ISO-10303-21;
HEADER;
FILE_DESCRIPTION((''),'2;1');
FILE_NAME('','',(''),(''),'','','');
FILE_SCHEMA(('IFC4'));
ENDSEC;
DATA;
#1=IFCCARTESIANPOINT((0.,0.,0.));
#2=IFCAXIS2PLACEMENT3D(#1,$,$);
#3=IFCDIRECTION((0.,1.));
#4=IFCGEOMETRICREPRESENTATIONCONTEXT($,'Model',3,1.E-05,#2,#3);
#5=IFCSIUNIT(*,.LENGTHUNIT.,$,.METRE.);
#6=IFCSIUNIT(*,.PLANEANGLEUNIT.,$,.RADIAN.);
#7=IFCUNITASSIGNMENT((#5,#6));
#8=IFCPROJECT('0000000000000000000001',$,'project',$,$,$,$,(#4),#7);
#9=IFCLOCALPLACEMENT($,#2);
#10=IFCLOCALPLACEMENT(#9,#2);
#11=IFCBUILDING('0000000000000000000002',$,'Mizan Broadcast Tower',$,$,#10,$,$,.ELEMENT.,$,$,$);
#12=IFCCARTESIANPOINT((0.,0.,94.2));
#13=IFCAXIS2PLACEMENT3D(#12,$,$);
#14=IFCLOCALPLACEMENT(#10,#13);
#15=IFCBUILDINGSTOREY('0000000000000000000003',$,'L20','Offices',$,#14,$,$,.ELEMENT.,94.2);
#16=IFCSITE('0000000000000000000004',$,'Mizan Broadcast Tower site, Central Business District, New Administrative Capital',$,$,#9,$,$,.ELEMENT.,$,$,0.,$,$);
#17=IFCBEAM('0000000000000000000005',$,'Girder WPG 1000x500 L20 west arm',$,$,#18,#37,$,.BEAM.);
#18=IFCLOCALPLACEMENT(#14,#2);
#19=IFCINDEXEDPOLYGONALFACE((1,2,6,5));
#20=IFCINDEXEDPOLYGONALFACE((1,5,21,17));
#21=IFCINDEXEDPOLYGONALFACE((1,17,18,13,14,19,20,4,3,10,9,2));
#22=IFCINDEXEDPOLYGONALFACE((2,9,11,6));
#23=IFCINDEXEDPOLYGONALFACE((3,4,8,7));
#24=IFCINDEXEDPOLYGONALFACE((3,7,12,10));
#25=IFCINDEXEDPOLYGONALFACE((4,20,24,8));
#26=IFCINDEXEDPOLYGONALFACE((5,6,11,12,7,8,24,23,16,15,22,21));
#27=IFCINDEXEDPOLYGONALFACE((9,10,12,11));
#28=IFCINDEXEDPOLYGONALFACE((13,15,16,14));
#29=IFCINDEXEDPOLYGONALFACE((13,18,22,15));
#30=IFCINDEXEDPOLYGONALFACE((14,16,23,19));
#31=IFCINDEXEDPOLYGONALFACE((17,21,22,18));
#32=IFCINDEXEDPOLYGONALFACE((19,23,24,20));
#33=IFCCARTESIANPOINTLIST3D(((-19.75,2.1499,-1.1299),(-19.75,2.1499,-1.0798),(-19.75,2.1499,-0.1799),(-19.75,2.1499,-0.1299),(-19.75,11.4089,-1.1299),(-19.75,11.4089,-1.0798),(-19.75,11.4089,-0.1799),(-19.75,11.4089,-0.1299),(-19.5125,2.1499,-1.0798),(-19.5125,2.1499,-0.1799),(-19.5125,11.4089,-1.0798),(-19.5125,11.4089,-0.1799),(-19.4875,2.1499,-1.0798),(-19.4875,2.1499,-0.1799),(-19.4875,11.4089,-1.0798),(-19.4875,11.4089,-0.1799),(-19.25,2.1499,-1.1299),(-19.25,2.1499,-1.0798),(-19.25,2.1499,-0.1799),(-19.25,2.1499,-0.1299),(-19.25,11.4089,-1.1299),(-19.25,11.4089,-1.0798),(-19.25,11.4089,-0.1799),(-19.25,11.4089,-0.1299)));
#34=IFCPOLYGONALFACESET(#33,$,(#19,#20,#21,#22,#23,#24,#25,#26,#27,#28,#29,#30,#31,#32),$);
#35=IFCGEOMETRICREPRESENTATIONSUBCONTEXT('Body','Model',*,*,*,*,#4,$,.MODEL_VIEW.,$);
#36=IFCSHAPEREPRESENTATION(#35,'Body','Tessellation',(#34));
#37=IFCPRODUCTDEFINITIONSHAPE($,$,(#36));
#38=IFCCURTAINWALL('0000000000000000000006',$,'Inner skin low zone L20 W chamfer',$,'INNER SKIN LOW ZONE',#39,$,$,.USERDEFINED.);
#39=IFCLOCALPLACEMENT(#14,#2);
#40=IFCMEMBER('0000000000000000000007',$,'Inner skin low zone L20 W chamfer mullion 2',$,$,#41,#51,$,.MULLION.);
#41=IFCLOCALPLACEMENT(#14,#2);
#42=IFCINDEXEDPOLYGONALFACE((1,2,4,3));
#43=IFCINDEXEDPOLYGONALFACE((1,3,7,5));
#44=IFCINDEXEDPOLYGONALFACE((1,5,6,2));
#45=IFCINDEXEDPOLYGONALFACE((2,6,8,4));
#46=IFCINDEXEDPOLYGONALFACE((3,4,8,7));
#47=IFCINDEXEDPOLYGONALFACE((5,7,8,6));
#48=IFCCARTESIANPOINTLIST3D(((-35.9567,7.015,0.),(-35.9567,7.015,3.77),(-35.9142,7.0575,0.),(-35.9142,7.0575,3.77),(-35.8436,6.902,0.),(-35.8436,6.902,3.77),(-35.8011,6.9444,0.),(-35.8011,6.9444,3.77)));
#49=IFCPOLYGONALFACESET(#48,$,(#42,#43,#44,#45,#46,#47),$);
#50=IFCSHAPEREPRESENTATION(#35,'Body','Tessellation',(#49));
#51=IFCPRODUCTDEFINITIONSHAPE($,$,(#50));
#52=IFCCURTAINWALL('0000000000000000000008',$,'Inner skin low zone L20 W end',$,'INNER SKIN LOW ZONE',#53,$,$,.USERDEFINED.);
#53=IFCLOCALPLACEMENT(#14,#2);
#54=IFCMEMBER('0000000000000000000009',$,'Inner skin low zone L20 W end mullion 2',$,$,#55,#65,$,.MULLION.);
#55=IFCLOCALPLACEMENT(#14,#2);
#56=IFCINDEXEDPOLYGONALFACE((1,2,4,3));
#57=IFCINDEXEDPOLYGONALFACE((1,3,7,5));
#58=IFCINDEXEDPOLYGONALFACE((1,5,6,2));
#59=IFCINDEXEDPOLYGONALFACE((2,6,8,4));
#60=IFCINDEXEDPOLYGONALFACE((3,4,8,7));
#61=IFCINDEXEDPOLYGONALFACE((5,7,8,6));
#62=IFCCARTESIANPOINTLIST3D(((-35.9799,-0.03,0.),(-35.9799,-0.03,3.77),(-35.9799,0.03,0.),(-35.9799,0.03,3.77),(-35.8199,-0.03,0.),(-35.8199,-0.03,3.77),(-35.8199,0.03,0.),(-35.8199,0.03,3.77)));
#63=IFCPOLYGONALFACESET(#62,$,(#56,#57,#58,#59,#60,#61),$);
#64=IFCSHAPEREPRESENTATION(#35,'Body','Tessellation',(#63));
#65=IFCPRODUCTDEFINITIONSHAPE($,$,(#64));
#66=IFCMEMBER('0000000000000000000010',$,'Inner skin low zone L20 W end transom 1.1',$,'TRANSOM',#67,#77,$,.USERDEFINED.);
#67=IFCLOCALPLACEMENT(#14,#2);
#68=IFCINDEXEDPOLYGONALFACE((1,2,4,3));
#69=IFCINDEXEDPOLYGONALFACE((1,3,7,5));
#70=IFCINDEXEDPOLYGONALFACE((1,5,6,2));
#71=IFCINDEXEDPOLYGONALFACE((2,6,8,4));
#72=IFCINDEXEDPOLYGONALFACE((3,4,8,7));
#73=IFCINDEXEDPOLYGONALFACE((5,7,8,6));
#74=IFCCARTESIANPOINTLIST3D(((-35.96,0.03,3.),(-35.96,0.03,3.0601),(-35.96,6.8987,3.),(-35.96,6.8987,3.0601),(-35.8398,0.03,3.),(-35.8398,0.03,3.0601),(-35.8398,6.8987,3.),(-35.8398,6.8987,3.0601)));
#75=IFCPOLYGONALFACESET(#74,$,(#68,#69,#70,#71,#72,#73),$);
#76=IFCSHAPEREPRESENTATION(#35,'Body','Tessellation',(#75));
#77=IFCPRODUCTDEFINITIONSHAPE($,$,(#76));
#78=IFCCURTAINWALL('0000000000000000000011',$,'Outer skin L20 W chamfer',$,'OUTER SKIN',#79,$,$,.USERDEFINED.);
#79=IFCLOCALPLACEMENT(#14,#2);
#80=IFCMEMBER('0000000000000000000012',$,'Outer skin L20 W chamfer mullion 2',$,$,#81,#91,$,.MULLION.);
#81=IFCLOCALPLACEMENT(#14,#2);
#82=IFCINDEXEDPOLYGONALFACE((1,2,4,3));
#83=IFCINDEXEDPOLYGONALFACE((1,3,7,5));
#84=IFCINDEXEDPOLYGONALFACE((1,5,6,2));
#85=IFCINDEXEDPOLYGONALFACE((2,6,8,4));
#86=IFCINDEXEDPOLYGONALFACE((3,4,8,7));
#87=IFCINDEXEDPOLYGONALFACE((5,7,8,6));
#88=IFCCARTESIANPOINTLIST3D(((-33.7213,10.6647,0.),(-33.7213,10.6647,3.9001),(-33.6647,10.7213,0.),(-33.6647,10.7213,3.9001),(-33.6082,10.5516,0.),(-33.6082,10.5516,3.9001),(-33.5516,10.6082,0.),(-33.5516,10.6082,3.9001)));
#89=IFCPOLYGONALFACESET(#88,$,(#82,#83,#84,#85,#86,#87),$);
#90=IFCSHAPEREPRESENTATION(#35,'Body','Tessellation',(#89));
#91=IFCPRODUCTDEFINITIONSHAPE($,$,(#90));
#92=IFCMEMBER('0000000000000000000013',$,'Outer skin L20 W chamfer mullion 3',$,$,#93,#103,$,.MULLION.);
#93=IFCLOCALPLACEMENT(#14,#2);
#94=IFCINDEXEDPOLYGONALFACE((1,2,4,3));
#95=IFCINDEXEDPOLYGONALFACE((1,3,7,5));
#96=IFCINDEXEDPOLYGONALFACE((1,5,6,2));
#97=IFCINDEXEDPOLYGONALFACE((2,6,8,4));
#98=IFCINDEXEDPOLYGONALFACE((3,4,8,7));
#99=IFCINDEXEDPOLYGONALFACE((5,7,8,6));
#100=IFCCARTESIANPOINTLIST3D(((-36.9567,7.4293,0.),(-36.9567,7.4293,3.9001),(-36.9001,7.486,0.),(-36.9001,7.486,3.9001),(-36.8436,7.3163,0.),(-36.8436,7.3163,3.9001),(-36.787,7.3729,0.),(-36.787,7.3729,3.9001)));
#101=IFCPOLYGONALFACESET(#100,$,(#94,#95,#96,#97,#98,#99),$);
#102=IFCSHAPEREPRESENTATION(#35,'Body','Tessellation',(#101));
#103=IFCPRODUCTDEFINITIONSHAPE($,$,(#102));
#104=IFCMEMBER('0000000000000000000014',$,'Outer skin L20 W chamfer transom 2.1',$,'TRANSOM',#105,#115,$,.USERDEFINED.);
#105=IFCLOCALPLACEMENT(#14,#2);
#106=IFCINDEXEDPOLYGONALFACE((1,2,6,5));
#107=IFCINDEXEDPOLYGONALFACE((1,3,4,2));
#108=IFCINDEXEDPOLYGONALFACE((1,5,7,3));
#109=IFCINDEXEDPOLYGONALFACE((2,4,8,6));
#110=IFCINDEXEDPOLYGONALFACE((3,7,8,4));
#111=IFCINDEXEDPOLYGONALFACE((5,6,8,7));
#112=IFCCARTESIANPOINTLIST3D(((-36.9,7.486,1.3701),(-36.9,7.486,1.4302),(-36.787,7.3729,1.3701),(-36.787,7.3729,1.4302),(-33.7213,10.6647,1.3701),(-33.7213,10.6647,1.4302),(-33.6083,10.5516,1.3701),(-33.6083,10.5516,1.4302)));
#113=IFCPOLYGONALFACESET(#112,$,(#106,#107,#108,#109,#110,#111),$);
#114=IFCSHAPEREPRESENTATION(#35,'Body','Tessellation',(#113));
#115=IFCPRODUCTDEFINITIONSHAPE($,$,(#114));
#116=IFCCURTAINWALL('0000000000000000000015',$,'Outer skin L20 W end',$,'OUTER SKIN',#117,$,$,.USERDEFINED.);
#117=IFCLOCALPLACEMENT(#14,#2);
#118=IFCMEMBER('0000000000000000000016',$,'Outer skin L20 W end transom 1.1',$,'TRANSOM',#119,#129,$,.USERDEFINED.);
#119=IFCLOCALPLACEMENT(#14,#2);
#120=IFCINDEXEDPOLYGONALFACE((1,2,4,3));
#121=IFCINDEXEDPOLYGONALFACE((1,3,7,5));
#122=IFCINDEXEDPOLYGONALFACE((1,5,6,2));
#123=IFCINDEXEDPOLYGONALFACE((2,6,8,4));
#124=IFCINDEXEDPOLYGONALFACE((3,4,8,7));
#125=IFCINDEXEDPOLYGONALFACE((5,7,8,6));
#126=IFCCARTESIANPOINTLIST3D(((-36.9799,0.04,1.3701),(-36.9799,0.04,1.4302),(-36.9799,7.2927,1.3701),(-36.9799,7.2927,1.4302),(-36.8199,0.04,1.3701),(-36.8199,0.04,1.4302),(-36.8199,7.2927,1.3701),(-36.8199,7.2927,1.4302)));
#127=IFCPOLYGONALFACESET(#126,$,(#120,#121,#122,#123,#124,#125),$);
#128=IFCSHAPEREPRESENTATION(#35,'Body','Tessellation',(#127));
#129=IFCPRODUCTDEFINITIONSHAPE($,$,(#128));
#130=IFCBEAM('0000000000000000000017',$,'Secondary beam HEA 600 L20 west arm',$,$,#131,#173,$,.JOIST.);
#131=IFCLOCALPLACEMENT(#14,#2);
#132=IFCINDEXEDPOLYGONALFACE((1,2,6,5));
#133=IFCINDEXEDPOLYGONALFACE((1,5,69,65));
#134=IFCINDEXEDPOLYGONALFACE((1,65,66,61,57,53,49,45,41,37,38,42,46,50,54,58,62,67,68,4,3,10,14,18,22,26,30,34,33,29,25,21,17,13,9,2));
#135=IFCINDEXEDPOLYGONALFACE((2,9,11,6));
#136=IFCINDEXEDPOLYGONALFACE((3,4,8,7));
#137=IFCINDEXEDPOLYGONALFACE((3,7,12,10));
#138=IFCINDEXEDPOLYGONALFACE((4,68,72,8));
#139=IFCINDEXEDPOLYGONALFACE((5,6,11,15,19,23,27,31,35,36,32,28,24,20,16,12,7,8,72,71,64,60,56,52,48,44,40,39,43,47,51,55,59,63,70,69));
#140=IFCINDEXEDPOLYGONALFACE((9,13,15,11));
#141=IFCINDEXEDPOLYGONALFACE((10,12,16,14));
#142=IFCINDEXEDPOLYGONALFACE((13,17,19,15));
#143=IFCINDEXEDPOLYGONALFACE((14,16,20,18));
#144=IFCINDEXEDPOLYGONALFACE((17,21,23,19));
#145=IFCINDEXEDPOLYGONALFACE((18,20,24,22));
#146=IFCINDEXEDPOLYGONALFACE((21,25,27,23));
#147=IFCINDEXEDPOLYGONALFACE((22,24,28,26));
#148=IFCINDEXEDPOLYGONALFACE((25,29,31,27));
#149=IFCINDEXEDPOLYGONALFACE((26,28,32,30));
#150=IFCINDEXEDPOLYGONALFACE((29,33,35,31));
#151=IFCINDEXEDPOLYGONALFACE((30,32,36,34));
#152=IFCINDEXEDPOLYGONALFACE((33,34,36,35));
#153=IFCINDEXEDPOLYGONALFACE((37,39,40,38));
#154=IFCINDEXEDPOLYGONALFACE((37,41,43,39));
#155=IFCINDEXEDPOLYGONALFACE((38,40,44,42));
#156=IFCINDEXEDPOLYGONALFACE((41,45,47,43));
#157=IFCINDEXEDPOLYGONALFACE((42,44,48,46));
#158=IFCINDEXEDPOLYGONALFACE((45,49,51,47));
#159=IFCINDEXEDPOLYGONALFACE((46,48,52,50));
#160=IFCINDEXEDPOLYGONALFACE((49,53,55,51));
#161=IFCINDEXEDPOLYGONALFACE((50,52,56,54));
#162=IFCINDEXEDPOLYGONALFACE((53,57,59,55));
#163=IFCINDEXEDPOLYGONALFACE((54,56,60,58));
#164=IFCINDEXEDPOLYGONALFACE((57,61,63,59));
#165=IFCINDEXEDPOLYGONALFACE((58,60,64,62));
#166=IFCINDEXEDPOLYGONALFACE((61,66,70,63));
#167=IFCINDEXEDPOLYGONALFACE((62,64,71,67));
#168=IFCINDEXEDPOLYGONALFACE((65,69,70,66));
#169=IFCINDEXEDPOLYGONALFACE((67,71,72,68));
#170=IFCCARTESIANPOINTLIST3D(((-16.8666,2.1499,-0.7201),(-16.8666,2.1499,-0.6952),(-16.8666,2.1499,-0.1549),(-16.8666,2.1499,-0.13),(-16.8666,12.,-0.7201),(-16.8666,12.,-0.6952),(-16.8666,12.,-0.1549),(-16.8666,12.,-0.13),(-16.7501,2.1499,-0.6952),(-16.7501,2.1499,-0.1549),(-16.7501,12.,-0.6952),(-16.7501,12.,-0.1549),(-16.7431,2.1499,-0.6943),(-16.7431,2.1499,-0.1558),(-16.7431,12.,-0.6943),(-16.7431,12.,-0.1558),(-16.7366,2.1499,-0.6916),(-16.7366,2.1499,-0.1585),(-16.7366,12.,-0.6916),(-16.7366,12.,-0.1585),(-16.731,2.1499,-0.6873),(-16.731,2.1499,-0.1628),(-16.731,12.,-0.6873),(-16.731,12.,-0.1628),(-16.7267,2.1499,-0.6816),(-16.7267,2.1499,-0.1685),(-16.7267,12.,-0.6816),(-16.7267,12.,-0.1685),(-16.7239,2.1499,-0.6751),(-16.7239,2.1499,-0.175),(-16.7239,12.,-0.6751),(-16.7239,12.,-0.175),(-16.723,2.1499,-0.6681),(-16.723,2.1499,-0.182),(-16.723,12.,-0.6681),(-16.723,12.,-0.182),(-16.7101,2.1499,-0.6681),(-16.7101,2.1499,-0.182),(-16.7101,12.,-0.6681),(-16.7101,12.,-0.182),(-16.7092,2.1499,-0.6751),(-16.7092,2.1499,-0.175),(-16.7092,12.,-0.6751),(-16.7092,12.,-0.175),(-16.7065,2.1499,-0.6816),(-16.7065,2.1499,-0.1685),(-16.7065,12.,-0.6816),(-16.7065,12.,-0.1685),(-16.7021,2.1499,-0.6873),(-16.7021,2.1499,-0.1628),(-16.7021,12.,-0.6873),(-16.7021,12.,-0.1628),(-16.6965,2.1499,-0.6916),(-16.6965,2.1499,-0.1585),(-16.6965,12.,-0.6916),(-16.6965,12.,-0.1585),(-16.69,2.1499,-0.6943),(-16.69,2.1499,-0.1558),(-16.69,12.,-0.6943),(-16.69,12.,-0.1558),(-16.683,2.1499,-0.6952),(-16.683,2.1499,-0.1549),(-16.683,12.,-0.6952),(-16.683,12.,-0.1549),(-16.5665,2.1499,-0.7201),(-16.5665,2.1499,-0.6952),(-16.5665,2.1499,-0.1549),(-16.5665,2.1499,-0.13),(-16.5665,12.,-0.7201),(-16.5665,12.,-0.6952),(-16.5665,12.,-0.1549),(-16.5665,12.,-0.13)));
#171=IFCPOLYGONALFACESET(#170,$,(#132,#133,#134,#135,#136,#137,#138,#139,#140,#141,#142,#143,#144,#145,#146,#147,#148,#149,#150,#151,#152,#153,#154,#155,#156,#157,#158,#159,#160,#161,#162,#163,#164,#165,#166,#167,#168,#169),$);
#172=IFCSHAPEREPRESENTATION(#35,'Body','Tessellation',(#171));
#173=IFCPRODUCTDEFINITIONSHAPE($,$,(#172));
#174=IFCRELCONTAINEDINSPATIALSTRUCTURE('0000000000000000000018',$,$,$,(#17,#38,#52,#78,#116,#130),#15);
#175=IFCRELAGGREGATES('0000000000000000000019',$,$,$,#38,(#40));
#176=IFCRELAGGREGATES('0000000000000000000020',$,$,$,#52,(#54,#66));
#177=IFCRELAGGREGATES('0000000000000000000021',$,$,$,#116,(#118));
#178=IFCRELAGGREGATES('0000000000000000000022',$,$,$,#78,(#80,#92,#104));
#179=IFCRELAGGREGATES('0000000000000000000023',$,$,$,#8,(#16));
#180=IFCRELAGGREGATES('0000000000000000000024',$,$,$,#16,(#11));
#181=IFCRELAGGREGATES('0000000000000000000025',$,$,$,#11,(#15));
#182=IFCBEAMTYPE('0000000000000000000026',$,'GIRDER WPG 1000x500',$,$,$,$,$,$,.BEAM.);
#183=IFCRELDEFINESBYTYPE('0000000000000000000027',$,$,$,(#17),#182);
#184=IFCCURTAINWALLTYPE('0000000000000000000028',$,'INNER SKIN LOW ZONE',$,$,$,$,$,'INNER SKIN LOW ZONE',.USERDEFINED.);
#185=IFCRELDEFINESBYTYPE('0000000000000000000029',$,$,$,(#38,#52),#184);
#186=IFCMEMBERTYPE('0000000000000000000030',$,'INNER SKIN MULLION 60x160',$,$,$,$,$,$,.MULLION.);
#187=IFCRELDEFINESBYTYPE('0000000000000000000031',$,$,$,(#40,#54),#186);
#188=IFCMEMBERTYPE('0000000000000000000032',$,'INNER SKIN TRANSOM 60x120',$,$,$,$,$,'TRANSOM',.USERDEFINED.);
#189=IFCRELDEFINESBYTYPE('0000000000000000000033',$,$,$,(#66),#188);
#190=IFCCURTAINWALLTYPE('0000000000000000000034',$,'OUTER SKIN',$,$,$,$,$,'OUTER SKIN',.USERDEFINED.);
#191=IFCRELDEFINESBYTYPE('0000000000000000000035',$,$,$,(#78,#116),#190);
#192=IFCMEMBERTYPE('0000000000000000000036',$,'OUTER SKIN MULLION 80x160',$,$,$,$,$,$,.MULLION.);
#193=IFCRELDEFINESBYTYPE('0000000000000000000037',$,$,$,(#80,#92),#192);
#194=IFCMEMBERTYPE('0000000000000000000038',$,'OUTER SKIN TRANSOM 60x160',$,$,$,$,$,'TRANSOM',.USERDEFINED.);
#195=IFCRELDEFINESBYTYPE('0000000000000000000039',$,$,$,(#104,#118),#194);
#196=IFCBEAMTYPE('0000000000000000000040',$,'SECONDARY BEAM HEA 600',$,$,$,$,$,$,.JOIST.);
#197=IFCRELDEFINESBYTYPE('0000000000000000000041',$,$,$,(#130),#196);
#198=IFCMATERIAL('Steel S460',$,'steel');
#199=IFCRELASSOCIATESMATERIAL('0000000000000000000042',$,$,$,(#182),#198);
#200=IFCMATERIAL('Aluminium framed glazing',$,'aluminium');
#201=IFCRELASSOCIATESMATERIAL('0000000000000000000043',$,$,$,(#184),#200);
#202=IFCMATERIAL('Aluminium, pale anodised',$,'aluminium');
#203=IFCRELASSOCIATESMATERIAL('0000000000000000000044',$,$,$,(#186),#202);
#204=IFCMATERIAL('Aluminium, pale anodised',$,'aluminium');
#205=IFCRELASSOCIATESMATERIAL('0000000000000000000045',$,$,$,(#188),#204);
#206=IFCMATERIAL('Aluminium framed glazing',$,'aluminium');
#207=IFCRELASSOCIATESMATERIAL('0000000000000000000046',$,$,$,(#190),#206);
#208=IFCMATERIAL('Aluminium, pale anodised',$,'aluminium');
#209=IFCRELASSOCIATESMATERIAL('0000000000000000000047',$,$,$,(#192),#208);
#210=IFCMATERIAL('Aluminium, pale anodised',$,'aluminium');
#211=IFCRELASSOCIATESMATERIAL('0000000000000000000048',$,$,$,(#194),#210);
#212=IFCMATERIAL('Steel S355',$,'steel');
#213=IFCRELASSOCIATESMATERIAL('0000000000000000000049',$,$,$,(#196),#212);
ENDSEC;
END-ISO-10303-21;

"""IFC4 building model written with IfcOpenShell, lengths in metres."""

from ifc_helpers import new_model, si_unit, direction, frame, origin, origin_2d, place, context, subcontext, project, spatial, rectangle, i_section, extrude, material, material_profile, profile_set, type_object, element, aggregate, save


model = new_model("IFC4")

# Units and contexts
model_context = context("Model", 3, precision=1e-05, world=origin(), true_north=direction((0.0, 1.0)))
body_context = subcontext(model_context, "Body", "Model", "MODEL_VIEW")
ifc_project = project(units=[si_unit("LENGTHUNIT", "METRE"), si_unit("PLANEANGLEUNIT", "RADIAN")], contexts=[model_context])

# Site, building, storey
site_placement = place(None, origin())
site = spatial("IfcSite", under=ifc_project, at=site_placement, Name="Mizan Broadcast Tower site, Central Business District, New Administrative Capital", CompositionType="ELEMENT", RefElevation=0.0)
building_placement = place(site_placement, origin())
building = spatial("IfcBuilding", under=site, at=building_placement, Name="Mizan Broadcast Tower", CompositionType="ELEMENT")
storey_placement = place(building_placement, frame((0.0, 0.0, 94.2)))
storey = spatial("IfcBuildingStorey", under=building, at=storey_placement, Name="L20", Description="Offices", CompositionType="ELEMENT", Elevation=94.2)

# Beam
ifc_material_1 = material(Name="Steel S460", Category="steel")
ifc_material_profile_1 = material_profile(ifc_material_1, i_section(OverallWidth=0.5, OverallDepth=1.0, WebThickness=0.0249, FlangeThickness=0.05, at=origin_2d()), Name="WPG 1000x500")
ifc_profile_set_1 = profile_set([ifc_material_profile_1], Name="Steel S460")
beam_type_1 = type_object("IfcBeamType", Name="GIRDER WPG 1000x500", PredefinedType="BEAM", material=ifc_profile_set_1)
beam_1_placement = place(storey_placement, frame((-19.5, 11.4089, -0.6299), z_axis=(0.0, -1.0, 0.0), x_axis=(1.0, 0.0, 0.0)))
element("IfcBeam", 1, at=beam_1_placement, inside=storey, type_object=beam_type_1, Name="Girder WPG 1000x500 L20 west arm", PredefinedType="BEAM", context=body_context, shape_type="SweptSolid", body=[
    extrude(i_section(OverallWidth=0.5, OverallDepth=1.0, WebThickness=0.0249, FlangeThickness=0.05, at=origin_2d()), origin(), (0.0, 0.0, 1.0), 9.259),
])

# Curtain wall, member
ifc_material_2 = material(Name="Aluminium framed glazing", Category="aluminium")
curtain_wall_type_1 = type_object("IfcCurtainWallType", Name="INNER SKIN LOW ZONE", ElementType="INNER SKIN LOW ZONE", PredefinedType="USERDEFINED", material=ifc_material_2)
curtain_wall_1_placement = place(storey_placement, origin())
curtain_wall_1 = element("IfcCurtainWall", 2, at=curtain_wall_1_placement, inside=storey, type_object=curtain_wall_type_1, Name="Inner skin low zone L20 W chamfer", ObjectType="INNER SKIN LOW ZONE", PredefinedType="USERDEFINED")
ifc_material_3 = material(Name="Aluminium, pale anodised", Category="aluminium")
ifc_material_profile_2 = material_profile(ifc_material_3, rectangle(XDim=0.1599, YDim=0.0601, at=origin_2d()), Name="MULLION 160x60")
ifc_profile_set_2 = profile_set([ifc_material_profile_2], Name="Aluminium, pale anodised")
member_type_1 = type_object("IfcMemberType", Name="INNER SKIN MULLION 60x160", PredefinedType="MULLION", material=ifc_profile_set_2)
member_1_placement = place(storey_placement, frame((-35.8789, 6.9797, 0.0), z_axis=(0.0, 0.0, 1.0), x_axis=(0.707107, -0.707107, 0.0)))
member_1 = element("IfcMember", 3, at=member_1_placement, type_object=member_type_1, Name="Inner skin low zone L20 W chamfer mullion 2", PredefinedType="MULLION", context=body_context, shape_type="SweptSolid", body=[
    extrude(rectangle(XDim=0.1599, YDim=0.0601, at=origin_2d()), origin(), (0.0, 0.0, 1.0), 3.77),
])

# Curtain walls, members
curtain_wall_2_placement = place(storey_placement, origin())
curtain_wall_2 = element("IfcCurtainWall", 4, at=curtain_wall_2_placement, inside=storey, type_object=curtain_wall_type_1, Name="Inner skin low zone L20 W end", ObjectType="INNER SKIN LOW ZONE", PredefinedType="USERDEFINED")
member_2_placement = place(storey_placement, frame((-35.8999, 0.0, 0.0), z_axis=(0.0, 0.0, 1.0), x_axis=(1.0, 0.0, 0.0)))
member_2 = element("IfcMember", 5, at=member_2_placement, type_object=member_type_1, Name="Inner skin low zone L20 W end mullion 2", PredefinedType="MULLION", context=body_context, shape_type="SweptSolid", body=[
    extrude(rectangle(XDim=0.1599, YDim=0.0601, at=origin_2d()), origin(), (0.0, 0.0, 1.0), 3.77),
])
ifc_material_4 = material(Name="Aluminium, pale anodised", Category="aluminium")
ifc_material_profile_3 = material_profile(ifc_material_4, rectangle(XDim=0.1201, YDim=0.0601, at=origin_2d()), Name="TRANSOM 120x60")
ifc_profile_set_3 = profile_set([ifc_material_profile_3], Name="Aluminium, pale anodised")
member_type_2 = type_object("IfcMemberType", Name="INNER SKIN TRANSOM 60x120", ElementType="TRANSOM", PredefinedType="USERDEFINED", material=ifc_profile_set_3)
member_3_placement = place(storey_placement, frame((-35.8999, 6.8987, 3.03), z_axis=(0.0, -1.0, 0.0), x_axis=(1.0, 0.0, 0.0)))
member_3 = element("IfcMember", 6, at=member_3_placement, type_object=member_type_2, Name="Inner skin low zone L20 W end transom 1.1", ObjectType="TRANSOM", PredefinedType="USERDEFINED", context=body_context, shape_type="SweptSolid", body=[
    extrude(rectangle(XDim=0.1201, YDim=0.0601, at=origin_2d()), origin(), (0.0, 0.0, 1.0), 6.8687),
])
ifc_material_5 = material(Name="Aluminium framed glazing", Category="aluminium")
curtain_wall_type_2 = type_object("IfcCurtainWallType", Name="OUTER SKIN", ElementType="OUTER SKIN", PredefinedType="USERDEFINED", material=ifc_material_5)
curtain_wall_3_placement = place(storey_placement, origin())
curtain_wall_3 = element("IfcCurtainWall", 7, at=curtain_wall_3_placement, inside=storey, type_object=curtain_wall_type_2, Name="Outer skin L20 W chamfer", ObjectType="OUTER SKIN", PredefinedType="USERDEFINED")
ifc_material_6 = material(Name="Aluminium, pale anodised", Category="aluminium")
ifc_material_profile_4 = material_profile(ifc_material_6, rectangle(XDim=0.1599, YDim=0.0801, at=origin_2d()), Name="MULLION 160x80")
ifc_profile_set_4 = profile_set([ifc_material_profile_4], Name="Aluminium, pale anodised")
member_type_3 = type_object("IfcMemberType", Name="OUTER SKIN MULLION 80x160", PredefinedType="MULLION", material=ifc_profile_set_4)
member_4_placement = place(storey_placement, frame((-33.6365, 10.6365, 0.0), z_axis=(0.0, 0.0, 1.0), x_axis=(0.707107, -0.707107, 0.0)))
member_4 = element("IfcMember", 8, at=member_4_placement, type_object=member_type_3, Name="Outer skin L20 W chamfer mullion 2", PredefinedType="MULLION", context=body_context, shape_type="SweptSolid", body=[
    extrude(rectangle(XDim=0.1599, YDim=0.0801, at=origin_2d()), origin(), (0.0, 0.0, 1.0), 3.9001),
])
member_5_placement = place(storey_placement, frame((-36.8718, 7.4011, 0.0), z_axis=(0.0, 0.0, 1.0), x_axis=(0.707107, -0.707107, 0.0)))
member_5 = element("IfcMember", 9, at=member_5_placement, type_object=member_type_3, Name="Outer skin L20 W chamfer mullion 3", PredefinedType="MULLION", context=body_context, shape_type="SweptSolid", body=[
    extrude(rectangle(XDim=0.1599, YDim=0.0801, at=origin_2d()), origin(), (0.0, 0.0, 1.0), 3.9001),
])
ifc_material_7 = material(Name="Aluminium, pale anodised", Category="aluminium")
ifc_material_profile_5 = material_profile(ifc_material_7, rectangle(XDim=0.1599, YDim=0.0601, at=origin_2d()), Name="TRANSOM 160x60")
ifc_profile_set_5 = profile_set([ifc_material_profile_5], Name="Aluminium, pale anodised")
member_type_4 = type_object("IfcMemberType", Name="OUTER SKIN TRANSOM 60x160", ElementType="TRANSOM", PredefinedType="USERDEFINED", material=ifc_profile_set_5)
member_6_placement = place(storey_placement, frame((-33.6648, 10.6082, 1.4001), z_axis=(-0.707107, -0.707107, 0.0), x_axis=(0.707107, -0.707107, 0.0)))
member_6 = element("IfcMember", 10, at=member_6_placement, type_object=member_type_4, Name="Outer skin L20 W chamfer transom 2.1", ObjectType="TRANSOM", PredefinedType="USERDEFINED", context=body_context, shape_type="SweptSolid", body=[
    extrude(rectangle(XDim=0.1599, YDim=0.0601, at=origin_2d()), origin(), (0.0, 0.0, 1.0), 4.4954),
])

# Curtain wall, member
curtain_wall_4_placement = place(storey_placement, origin())
curtain_wall_4 = element("IfcCurtainWall", 11, at=curtain_wall_4_placement, inside=storey, type_object=curtain_wall_type_2, Name="Outer skin L20 W end", ObjectType="OUTER SKIN", PredefinedType="USERDEFINED")
member_7_placement = place(storey_placement, frame((-36.8999, 7.2927, 1.4001), z_axis=(0.0, -1.0, 0.0), x_axis=(1.0, 0.0, 0.0)))
member_7 = element("IfcMember", 12, at=member_7_placement, type_object=member_type_4, Name="Outer skin L20 W end transom 1.1", ObjectType="TRANSOM", PredefinedType="USERDEFINED", context=body_context, shape_type="SweptSolid", body=[
    extrude(rectangle(XDim=0.1599, YDim=0.0601, at=origin_2d()), origin(), (0.0, 0.0, 1.0), 7.2527),
])

# Beam
ifc_material_8 = material(Name="Steel S355", Category="steel")
ifc_material_profile_6 = material_profile(ifc_material_8, i_section(OverallWidth=0.3, OverallDepth=0.5901, WebThickness=0.0129, FlangeThickness=0.0249, FilletRadius=0.0271, at=origin_2d()), Name="HEA 600")
ifc_profile_set_6 = profile_set([ifc_material_profile_6], Name="Steel S355")
beam_type_2 = type_object("IfcBeamType", Name="SECONDARY BEAM HEA 600", PredefinedType="JOIST", material=ifc_profile_set_6)
for number, where, z_axis, x_axis, name in (
    (13, (-16.7166, 12.0, -0.425), (0.0, -1.0, 0.0), (1.0, 0.0, 0.0), "Secondary beam HEA 600 L20 west arm"),
):
    element("IfcBeam", number, at=place(storey_placement, frame(where, z_axis=z_axis, x_axis=x_axis)), inside=storey, type_object=beam_type_2, Name=name, PredefinedType="JOIST", context=body_context, shape_type="SweptSolid", body=[
        extrude(i_section(OverallWidth=0.3, OverallDepth=0.5901, WebThickness=0.0129, FlangeThickness=0.0249, FilletRadius=0.0271, at=origin_2d()), origin(), (0.0, 0.0, 1.0), 9.8501),
    ])

aggregate(curtain_wall_1, [member_1])
aggregate(curtain_wall_2, [member_2, member_3])
aggregate(curtain_wall_4, [member_7])
aggregate(curtain_wall_3, [member_4, member_5, member_6])

save(model, "model.ifc")
